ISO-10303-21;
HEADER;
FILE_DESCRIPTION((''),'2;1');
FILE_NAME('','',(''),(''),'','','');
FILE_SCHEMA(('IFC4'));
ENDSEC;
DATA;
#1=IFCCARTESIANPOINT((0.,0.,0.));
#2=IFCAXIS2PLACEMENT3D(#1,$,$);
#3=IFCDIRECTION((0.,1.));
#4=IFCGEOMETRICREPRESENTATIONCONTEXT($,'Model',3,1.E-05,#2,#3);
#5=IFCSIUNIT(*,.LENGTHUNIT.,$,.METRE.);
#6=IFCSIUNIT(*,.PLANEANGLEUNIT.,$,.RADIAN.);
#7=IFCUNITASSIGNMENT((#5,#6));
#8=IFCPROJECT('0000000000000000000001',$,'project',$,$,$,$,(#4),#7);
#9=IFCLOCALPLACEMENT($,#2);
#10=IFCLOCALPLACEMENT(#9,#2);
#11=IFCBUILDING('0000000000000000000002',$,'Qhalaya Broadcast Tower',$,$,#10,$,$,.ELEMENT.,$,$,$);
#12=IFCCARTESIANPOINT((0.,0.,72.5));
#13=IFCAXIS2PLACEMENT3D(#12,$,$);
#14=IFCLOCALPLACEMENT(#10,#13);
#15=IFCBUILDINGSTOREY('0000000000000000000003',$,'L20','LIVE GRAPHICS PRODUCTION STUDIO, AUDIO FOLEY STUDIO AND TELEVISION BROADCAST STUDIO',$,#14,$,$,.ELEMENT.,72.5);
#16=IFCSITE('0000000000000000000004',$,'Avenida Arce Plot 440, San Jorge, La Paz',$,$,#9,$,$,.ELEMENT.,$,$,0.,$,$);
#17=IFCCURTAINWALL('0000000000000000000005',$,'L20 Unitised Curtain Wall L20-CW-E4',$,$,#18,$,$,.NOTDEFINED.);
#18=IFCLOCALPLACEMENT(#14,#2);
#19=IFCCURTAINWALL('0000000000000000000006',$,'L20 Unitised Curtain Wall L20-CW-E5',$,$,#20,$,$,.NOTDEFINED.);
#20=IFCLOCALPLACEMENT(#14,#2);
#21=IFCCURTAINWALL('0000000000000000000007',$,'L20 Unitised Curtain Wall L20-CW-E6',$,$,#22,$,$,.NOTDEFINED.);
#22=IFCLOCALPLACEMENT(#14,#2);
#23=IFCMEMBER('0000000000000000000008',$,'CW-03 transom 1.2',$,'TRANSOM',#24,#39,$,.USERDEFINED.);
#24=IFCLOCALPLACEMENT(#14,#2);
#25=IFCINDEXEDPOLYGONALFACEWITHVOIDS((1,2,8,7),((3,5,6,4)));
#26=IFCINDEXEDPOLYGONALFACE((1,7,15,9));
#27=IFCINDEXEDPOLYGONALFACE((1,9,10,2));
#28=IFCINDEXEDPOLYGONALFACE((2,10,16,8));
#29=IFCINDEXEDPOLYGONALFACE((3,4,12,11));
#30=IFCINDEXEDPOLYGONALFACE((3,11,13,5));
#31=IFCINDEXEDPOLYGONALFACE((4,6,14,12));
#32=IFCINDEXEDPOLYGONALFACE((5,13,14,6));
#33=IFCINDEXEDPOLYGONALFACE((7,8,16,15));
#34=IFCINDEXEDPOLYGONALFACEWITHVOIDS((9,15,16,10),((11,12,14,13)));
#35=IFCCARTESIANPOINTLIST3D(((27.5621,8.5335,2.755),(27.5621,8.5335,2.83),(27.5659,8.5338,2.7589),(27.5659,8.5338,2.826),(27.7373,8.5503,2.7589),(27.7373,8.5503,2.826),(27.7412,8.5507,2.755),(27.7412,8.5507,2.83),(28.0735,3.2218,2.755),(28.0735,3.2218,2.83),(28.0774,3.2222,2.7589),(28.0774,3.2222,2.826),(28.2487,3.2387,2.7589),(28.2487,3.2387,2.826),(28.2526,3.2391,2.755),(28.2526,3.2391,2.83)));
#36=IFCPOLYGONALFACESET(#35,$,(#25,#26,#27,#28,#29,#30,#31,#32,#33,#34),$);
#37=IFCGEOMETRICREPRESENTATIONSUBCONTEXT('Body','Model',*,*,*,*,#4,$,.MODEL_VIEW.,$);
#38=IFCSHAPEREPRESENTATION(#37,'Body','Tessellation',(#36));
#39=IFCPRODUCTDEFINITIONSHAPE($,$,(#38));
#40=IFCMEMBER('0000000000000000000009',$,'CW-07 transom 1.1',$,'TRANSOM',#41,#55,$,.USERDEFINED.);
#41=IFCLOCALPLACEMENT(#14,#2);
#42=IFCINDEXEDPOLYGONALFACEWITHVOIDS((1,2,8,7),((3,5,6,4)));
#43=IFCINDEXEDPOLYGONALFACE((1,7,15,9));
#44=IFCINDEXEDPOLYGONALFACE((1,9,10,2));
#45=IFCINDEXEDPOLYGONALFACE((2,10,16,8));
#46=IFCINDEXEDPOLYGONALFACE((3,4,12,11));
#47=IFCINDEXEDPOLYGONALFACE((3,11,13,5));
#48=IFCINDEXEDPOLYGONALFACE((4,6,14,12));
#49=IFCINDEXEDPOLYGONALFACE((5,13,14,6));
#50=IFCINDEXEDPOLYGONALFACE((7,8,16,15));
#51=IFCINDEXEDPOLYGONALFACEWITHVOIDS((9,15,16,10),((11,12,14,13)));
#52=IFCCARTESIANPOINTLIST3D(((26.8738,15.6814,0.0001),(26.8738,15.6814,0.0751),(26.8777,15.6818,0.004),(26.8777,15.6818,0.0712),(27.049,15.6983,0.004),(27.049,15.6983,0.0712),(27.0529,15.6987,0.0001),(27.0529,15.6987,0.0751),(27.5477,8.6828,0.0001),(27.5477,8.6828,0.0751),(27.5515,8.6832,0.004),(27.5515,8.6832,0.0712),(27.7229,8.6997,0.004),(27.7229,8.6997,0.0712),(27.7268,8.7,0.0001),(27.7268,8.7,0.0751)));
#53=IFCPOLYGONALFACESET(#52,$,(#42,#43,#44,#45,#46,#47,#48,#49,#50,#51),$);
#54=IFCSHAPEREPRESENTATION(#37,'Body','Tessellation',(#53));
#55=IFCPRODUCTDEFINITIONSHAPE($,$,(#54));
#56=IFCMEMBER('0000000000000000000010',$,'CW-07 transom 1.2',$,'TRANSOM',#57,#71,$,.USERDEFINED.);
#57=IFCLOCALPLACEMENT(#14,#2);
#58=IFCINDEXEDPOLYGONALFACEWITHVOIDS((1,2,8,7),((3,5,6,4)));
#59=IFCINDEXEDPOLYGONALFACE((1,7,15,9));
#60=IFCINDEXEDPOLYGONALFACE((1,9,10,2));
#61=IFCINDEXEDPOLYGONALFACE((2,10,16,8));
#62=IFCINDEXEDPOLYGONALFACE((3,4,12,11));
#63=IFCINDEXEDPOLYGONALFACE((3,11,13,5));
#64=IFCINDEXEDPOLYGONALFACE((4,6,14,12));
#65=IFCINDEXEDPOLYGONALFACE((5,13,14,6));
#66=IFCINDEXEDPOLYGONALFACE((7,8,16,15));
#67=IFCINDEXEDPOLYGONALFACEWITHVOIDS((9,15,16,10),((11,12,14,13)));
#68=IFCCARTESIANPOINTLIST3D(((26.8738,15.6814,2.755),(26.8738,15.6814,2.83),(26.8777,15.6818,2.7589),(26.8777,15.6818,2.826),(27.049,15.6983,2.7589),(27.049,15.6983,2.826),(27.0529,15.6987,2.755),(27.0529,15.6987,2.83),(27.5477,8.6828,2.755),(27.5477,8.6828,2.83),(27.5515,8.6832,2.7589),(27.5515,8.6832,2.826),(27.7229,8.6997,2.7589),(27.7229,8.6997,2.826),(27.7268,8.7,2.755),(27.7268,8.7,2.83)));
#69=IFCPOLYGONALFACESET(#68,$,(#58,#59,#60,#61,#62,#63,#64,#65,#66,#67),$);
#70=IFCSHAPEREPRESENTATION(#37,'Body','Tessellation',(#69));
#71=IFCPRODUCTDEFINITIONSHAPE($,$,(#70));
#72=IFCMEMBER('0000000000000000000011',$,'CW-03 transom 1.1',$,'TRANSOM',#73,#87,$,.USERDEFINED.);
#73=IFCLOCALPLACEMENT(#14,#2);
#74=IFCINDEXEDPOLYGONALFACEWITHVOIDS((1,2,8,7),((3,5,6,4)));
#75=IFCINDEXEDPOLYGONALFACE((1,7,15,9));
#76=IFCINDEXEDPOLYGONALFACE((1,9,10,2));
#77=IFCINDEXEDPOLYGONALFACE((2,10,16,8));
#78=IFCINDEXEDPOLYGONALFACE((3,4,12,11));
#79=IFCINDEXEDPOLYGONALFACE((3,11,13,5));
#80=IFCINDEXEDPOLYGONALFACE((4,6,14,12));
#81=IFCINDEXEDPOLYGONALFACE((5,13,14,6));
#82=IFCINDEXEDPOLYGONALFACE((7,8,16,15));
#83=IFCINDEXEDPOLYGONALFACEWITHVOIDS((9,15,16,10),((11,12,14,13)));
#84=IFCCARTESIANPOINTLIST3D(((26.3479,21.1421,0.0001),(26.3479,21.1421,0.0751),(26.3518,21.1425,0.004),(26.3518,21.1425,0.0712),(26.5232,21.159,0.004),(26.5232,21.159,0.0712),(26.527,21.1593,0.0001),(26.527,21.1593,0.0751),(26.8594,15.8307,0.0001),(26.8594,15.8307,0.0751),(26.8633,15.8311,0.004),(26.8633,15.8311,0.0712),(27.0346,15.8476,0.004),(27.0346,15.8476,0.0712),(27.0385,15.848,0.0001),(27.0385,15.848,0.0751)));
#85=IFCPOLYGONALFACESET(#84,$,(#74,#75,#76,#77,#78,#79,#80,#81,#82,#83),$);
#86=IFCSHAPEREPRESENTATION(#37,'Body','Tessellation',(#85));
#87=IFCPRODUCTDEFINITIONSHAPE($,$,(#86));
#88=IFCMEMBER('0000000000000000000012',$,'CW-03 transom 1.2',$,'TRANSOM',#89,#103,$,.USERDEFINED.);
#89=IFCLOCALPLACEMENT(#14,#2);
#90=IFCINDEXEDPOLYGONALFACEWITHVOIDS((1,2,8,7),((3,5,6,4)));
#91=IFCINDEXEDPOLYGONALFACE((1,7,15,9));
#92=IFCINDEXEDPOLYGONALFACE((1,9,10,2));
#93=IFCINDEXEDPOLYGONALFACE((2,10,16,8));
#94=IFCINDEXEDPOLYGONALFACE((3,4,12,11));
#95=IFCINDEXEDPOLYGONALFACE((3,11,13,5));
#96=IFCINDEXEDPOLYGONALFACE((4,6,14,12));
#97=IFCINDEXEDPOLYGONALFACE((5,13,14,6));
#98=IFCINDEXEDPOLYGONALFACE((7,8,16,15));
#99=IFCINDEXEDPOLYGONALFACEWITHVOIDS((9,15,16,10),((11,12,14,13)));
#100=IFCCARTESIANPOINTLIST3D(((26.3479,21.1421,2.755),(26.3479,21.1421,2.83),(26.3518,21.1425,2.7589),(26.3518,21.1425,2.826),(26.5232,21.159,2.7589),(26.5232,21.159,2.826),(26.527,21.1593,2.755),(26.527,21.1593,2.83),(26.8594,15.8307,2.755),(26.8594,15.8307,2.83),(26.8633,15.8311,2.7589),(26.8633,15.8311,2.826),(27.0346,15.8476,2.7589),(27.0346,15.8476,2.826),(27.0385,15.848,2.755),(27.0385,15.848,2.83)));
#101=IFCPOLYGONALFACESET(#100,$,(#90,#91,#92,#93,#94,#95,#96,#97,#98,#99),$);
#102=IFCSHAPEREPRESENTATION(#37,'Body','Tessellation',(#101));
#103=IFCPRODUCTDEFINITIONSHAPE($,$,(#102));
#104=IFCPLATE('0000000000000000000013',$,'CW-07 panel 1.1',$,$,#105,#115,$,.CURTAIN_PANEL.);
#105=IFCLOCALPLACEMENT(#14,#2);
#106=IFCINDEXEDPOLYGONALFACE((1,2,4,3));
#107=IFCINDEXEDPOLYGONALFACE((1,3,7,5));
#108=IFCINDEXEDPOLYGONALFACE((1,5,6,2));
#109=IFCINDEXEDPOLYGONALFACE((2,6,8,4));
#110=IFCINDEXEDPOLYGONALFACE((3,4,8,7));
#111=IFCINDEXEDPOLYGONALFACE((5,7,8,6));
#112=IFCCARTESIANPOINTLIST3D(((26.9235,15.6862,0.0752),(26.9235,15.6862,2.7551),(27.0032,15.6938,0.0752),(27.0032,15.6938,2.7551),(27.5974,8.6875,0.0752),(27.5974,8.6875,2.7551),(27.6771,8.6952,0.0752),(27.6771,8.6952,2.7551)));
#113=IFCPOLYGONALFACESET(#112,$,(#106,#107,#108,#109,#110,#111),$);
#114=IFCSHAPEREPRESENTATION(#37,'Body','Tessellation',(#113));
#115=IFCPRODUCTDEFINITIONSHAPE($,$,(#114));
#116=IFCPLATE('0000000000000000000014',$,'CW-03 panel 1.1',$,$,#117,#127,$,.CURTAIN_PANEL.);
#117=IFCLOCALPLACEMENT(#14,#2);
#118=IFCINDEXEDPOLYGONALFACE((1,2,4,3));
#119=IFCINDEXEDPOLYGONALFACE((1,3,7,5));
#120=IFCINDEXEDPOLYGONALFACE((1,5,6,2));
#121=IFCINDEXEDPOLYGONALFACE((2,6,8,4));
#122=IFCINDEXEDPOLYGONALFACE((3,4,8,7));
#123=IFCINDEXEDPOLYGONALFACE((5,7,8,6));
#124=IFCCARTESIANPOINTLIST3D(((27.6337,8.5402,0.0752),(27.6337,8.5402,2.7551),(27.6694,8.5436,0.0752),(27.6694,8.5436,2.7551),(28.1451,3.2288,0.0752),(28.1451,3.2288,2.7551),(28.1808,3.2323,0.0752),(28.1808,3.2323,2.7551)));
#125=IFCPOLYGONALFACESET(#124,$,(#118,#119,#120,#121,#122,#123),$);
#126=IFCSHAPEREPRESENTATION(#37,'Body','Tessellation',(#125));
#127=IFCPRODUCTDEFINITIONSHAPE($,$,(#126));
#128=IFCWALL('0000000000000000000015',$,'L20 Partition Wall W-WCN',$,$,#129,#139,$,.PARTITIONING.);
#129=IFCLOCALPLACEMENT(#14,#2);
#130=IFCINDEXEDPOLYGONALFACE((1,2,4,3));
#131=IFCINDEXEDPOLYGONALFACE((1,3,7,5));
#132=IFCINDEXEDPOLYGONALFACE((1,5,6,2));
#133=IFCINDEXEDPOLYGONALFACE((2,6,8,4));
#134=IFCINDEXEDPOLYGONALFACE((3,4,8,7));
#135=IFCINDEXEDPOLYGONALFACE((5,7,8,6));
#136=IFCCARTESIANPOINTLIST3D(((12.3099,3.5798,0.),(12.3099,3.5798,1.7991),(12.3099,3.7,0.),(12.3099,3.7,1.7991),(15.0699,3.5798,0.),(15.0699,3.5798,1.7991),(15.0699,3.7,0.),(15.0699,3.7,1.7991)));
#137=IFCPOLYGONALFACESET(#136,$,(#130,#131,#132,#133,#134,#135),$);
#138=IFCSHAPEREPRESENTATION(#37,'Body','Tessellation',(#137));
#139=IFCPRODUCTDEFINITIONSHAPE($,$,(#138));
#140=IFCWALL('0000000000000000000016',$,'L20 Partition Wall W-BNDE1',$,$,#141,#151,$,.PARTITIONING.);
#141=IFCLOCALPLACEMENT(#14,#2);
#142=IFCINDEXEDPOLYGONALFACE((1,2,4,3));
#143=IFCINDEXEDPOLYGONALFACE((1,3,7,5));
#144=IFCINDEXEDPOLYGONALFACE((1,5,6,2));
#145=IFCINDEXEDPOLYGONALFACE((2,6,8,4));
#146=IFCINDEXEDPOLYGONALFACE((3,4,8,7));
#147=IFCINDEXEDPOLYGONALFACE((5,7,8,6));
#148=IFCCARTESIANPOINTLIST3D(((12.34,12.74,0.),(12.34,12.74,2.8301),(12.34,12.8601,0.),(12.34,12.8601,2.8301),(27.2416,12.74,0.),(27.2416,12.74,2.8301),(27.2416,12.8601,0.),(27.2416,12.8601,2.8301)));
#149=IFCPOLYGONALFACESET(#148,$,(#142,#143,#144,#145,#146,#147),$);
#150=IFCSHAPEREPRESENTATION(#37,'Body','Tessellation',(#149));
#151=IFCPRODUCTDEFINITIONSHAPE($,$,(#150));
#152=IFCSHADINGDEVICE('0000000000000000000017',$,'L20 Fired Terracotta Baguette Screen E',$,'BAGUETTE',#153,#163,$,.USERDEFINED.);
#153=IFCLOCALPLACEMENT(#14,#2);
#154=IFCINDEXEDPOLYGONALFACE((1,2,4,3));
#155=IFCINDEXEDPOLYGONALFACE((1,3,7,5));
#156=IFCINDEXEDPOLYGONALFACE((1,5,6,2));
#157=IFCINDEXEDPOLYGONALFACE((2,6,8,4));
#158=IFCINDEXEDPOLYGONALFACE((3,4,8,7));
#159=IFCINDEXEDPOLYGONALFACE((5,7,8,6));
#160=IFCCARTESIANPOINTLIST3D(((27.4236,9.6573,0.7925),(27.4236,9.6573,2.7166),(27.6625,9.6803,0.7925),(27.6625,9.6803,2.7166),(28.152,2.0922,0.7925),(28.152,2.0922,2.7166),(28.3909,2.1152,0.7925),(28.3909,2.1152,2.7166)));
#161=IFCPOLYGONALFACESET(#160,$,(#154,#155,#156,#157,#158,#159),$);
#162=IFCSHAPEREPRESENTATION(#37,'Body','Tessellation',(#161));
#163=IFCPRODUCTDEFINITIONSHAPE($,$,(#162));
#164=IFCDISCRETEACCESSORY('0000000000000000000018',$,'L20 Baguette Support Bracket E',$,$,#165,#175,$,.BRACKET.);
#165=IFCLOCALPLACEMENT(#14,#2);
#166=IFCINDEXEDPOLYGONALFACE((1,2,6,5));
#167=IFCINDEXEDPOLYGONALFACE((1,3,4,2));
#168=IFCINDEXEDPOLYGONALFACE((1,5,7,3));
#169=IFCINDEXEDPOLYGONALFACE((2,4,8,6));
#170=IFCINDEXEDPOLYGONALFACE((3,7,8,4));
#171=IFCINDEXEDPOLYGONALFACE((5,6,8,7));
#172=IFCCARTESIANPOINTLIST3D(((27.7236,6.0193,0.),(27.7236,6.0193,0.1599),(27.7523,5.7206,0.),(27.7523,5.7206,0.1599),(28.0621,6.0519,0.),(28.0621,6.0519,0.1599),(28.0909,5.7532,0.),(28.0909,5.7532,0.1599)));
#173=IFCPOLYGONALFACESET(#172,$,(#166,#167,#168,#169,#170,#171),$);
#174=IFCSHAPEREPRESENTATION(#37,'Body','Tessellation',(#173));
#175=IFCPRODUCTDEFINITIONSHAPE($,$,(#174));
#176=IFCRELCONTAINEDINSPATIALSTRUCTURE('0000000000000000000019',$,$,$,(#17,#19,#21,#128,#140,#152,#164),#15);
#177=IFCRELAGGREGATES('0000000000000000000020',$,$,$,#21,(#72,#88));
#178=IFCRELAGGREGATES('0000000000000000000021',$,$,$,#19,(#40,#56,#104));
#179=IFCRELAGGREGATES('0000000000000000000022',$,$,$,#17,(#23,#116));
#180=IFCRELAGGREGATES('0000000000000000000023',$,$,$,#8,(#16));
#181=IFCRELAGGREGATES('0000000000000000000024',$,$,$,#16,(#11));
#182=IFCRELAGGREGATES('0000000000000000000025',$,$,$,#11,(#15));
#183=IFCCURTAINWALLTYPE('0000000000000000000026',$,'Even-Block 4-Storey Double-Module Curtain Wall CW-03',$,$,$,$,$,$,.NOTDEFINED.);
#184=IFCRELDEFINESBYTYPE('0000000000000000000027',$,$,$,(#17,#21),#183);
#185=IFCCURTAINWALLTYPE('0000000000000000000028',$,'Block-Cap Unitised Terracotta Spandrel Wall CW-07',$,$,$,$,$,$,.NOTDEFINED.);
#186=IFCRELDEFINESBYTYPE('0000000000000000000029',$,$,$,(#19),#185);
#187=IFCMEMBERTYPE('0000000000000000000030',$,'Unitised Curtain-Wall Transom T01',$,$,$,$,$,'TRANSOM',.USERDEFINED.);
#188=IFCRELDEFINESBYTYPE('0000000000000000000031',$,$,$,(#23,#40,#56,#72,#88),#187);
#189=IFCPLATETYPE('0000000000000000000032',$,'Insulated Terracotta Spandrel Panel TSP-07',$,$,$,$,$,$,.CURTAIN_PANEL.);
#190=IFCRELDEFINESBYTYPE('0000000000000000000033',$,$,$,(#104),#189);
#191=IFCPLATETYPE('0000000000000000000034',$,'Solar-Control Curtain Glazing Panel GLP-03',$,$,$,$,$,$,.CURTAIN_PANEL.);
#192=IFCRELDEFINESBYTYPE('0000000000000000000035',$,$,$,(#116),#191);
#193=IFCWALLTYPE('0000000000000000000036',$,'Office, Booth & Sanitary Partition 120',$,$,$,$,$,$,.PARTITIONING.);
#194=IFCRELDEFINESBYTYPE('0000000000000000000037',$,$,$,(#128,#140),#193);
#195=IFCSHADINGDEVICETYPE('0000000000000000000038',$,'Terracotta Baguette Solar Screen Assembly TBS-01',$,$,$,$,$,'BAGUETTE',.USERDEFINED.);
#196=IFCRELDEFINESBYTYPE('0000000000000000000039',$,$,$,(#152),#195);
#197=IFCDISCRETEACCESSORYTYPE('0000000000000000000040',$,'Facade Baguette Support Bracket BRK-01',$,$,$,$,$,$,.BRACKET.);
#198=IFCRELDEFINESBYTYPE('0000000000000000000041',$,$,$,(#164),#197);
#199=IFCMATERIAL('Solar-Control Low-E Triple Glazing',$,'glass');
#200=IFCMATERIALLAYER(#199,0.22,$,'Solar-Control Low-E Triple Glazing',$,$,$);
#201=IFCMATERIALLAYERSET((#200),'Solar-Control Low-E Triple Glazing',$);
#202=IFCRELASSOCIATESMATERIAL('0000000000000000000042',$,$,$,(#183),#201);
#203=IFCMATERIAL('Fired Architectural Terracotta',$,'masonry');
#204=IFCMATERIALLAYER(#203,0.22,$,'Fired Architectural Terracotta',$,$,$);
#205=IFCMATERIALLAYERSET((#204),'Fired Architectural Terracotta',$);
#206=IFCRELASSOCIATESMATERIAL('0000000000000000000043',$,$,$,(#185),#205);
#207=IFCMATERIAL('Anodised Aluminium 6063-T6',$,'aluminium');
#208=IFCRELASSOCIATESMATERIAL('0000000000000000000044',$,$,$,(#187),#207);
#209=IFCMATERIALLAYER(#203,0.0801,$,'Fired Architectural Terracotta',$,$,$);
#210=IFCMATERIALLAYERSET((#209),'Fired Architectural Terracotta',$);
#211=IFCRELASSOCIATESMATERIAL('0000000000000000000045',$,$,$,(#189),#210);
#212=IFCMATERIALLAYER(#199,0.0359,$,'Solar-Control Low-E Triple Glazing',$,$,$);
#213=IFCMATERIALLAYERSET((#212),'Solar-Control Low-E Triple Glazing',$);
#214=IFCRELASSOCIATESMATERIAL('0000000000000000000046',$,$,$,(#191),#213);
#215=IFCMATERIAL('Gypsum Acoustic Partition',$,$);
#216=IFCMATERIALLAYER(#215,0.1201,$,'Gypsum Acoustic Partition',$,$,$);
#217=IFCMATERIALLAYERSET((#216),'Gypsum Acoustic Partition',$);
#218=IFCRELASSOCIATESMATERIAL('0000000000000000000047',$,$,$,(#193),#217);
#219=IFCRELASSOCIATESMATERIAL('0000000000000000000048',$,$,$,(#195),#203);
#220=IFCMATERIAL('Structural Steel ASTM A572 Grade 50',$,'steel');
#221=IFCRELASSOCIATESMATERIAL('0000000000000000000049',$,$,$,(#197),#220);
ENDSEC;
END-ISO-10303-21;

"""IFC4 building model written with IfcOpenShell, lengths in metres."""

from ifc_helpers import new_model, si_unit, direction, frame, frame_2d, origin, origin_2d, place, context, subcontext, project, spatial, rectangle, hollow_rectangle, extrude, material, layer, layer_set, material_profile, profile_set, type_object, element, aggregate, save


model = new_model("IFC4")

# Units and contexts
model_context = context("Model", 3, precision=1e-05, world=origin(), true_north=direction((0.0, 1.0)))
body_context = subcontext(model_context, "Body", "Model", "MODEL_VIEW")
ifc_project = project(units=[si_unit("LENGTHUNIT", "METRE"), si_unit("PLANEANGLEUNIT", "RADIAN")], contexts=[model_context])

# Site, building, storey
site_placement = place(None, origin())
site = spatial("IfcSite", under=ifc_project, at=site_placement, Name="Avenida Arce Plot 440, San Jorge, La Paz", CompositionType="ELEMENT", RefElevation=0.0)
building_placement = place(site_placement, origin())
building = spatial("IfcBuilding", under=site, at=building_placement, Name="Qhalaya Broadcast Tower", CompositionType="ELEMENT")
storey_placement = place(building_placement, frame((0.0, 0.0, 72.5)))
storey = spatial("IfcBuildingStorey", under=building, at=storey_placement, Name="L20", Description="LIVE GRAPHICS PRODUCTION STUDIO, AUDIO FOLEY STUDIO AND TELEVISION BROADCAST STUDIO", CompositionType="ELEMENT", Elevation=72.5)

# Shared definitions
ifc_material_1 = material(Name="Structural Steel ASTM A572 Grade 50", Category="steel")

# Curtain walls
ifc_material_2 = material(Name="Solar-Control Low-E Triple Glazing", Category="glass")
ifc_layer_1 = layer(ifc_material_2, 0.22, Name="Solar-Control Low-E Triple Glazing")
ifc_layer_set_1 = layer_set([ifc_layer_1], Name="Solar-Control Low-E Triple Glazing")
curtain_wall_type_1 = type_object("IfcCurtainWallType", Name="Even-Block 4-Storey Double-Module Curtain Wall CW-03", PredefinedType="NOTDEFINED", material=ifc_layer_set_1)
curtain_wall_1_placement = place(storey_placement, origin())
curtain_wall_1 = element("IfcCurtainWall", 1, at=curtain_wall_1_placement, inside=storey, type_object=curtain_wall_type_1, Name="L20 Unitised Curtain Wall L20-CW-E4", PredefinedType="NOTDEFINED")
ifc_material_3 = material(Name="Anodised Aluminium 6063-T6", Category="aluminium")
ifc_material_4 = material(Name="Fired Architectural Terracotta", Category="masonry")
ifc_layer_2 = layer(ifc_material_4, 0.22, Name="Fired Architectural Terracotta")
ifc_layer_set_2 = layer_set([ifc_layer_2], Name="Fired Architectural Terracotta")
curtain_wall_type_2 = type_object("IfcCurtainWallType", Name="Block-Cap Unitised Terracotta Spandrel Wall CW-07", PredefinedType="NOTDEFINED", material=ifc_layer_set_2)
curtain_wall_2_placement = place(storey_placement, origin())
curtain_wall_2 = element("IfcCurtainWall", 2, at=curtain_wall_2_placement, inside=storey, type_object=curtain_wall_type_2, Name="L20 Unitised Curtain Wall L20-CW-E5", PredefinedType="NOTDEFINED")

# Curtain wall
curtain_wall_3_placement = place(storey_placement, origin())
curtain_wall_3 = element("IfcCurtainWall", 3, at=curtain_wall_3_placement, inside=storey, type_object=curtain_wall_type_1, Name="L20 Unitised Curtain Wall L20-CW-E6", PredefinedType="NOTDEFINED")

# Members
ifc_material_profile_1 = material_profile(ifc_material_3, hollow_rectangle(XDim=0.075, YDim=0.1799, WallThickness=0.0039, at=origin_2d()), Name="ALU-TRN 75x180x4")
ifc_profile_set_1 = profile_set([ifc_material_profile_1], Name="Anodised Aluminium 6063-T6")
member_type_1 = type_object("IfcMemberType", Name="Unitised Curtain-Wall Transom T01", ElementType="TRANSOM", PredefinedType="USERDEFINED", material=ifc_profile_set_1)
member_1_placement = place(storey_placement, frame((28.1631, 3.2305, 2.7925), z_axis=(-0.095852, 0.995396, 0.0), x_axis=(0.0, 0.0, 1.0)))
member_1 = element("IfcMember", 4, at=member_1_placement, type_object=member_type_1, Name="CW-03 transom 1.2", ObjectType="TRANSOM", PredefinedType="USERDEFINED", context=body_context, shape_type="SweptSolid", body=[
    extrude(hollow_rectangle(XDim=0.075, YDim=0.1799, WallThickness=0.0039, at=origin_2d()), origin(), (0.0, 0.0, 1.0), 5.3362),
])
member_2_placement = place(storey_placement, frame((27.6372, 8.6914, 0.0376), z_axis=(-0.095838, 0.995397, 0.0), x_axis=(0.0, 0.0, 1.0)))
member_2 = element("IfcMember", 5, at=member_2_placement, type_object=member_type_1, Name="CW-07 transom 1.1", ObjectType="TRANSOM", PredefinedType="USERDEFINED", context=body_context, shape_type="SweptSolid", body=[
    extrude(hollow_rectangle(XDim=0.075, YDim=0.1799, WallThickness=0.0039, at=origin_2d()), origin(), (0.0, 0.0, 1.0), 7.031),
])
member_3_placement = place(storey_placement, frame((27.6372, 8.6914, 2.7925), z_axis=(-0.095838, 0.995397, 0.0), x_axis=(0.0, 0.0, 1.0)))
member_3 = element("IfcMember", 6, at=member_3_placement, type_object=member_type_1, Name="CW-07 transom 1.2", ObjectType="TRANSOM", PredefinedType="USERDEFINED", context=body_context, shape_type="SweptSolid", body=[
    extrude(hollow_rectangle(XDim=0.075, YDim=0.1799, WallThickness=0.0039, at=origin_2d()), origin(), (0.0, 0.0, 1.0), 7.031),
])
member_4_placement = place(storey_placement, frame((26.949, 15.8394, 0.0376), z_axis=(-0.095856, 0.995395, 0.0), x_axis=(0.0, 0.0, 1.0)))
member_4 = element("IfcMember", 7, at=member_4_placement, type_object=member_type_1, Name="CW-03 transom 1.1", ObjectType="TRANSOM", PredefinedType="USERDEFINED", context=body_context, shape_type="SweptSolid", body=[
    extrude(hollow_rectangle(XDim=0.075, YDim=0.1799, WallThickness=0.0039, at=origin_2d()), origin(), (0.0, 0.0, 1.0), 5.3359),
])
member_5_placement = place(storey_placement, frame((26.949, 15.8394, 2.7925), z_axis=(-0.095856, 0.995395, 0.0), x_axis=(0.0, 0.0, 1.0)))
member_5 = element("IfcMember", 8, at=member_5_placement, type_object=member_type_1, Name="CW-03 transom 1.2", ObjectType="TRANSOM", PredefinedType="USERDEFINED", context=body_context, shape_type="SweptSolid", body=[
    extrude(hollow_rectangle(XDim=0.075, YDim=0.1799, WallThickness=0.0039, at=origin_2d()), origin(), (0.0, 0.0, 1.0), 5.3359),
])
aggregate(curtain_wall_3, [member_4, member_5])

# Plates
ifc_layer_3 = layer(ifc_material_4, 0.0801, Name="Fired Architectural Terracotta")
ifc_layer_set_3 = layer_set([ifc_layer_3], Name="Fired Architectural Terracotta")
plate_type_1 = type_object("IfcPlateType", Name="Insulated Terracotta Spandrel Panel TSP-07", PredefinedType="CURTAIN_PANEL", material=ifc_layer_set_3)
plate_1_placement = place(storey_placement, frame((27.3003, 12.1907, 0.0752), z_axis=(0.0, 0.0, 1.0), x_axis=(-0.095851, 0.995396, 0.0)))
plate_1 = element("IfcPlate", 9, at=plate_1_placement, type_object=plate_type_1, Name="CW-07 panel 1.1", PredefinedType="CURTAIN_PANEL", context=body_context, shape_type="SweptSolid", body=[
    extrude(rectangle(XDim=7.031, YDim=0.0801, at=origin_2d()), origin(), (0.0, 0.0, 1.0), 2.6799),
])
aggregate(curtain_wall_2, [member_2, member_3, plate_1])
ifc_layer_4 = layer(ifc_material_2, 0.0359, Name="Solar-Control Low-E Triple Glazing")
ifc_layer_set_4 = layer_set([ifc_layer_4], Name="Solar-Control Low-E Triple Glazing")
plate_type_2 = type_object("IfcPlateType", Name="Solar-Control Curtain Glazing Panel GLP-03", PredefinedType="CURTAIN_PANEL", material=ifc_layer_set_4)
plate_2_placement = place(storey_placement, frame((27.9072, 5.8862, 0.0752), z_axis=(0.0, 0.0, 1.0), x_axis=(-0.095843, 0.995396, 0.0)))
plate_2 = element("IfcPlate", 10, at=plate_2_placement, type_object=plate_type_2, Name="CW-03 panel 1.1", PredefinedType="CURTAIN_PANEL", context=body_context, shape_type="SweptSolid", body=[
    extrude(rectangle(XDim=5.3359, YDim=0.0359, at=origin_2d()), origin(), (0.0, 0.0, 1.0), 2.6799),
])
aggregate(curtain_wall_1, [member_1, plate_2])

# Walls
ifc_material_5 = material(Name="Gypsum Acoustic Partition")
ifc_layer_5 = layer(ifc_material_5, 0.1201, Name="Gypsum Acoustic Partition")
ifc_layer_set_5 = layer_set([ifc_layer_5], Name="Gypsum Acoustic Partition")
wall_type = type_object("IfcWallType", Name="Office, Booth & Sanitary Partition 120", PredefinedType="PARTITIONING", material=ifc_layer_set_5)
wall_1_placement = place(storey_placement, frame((12.3101, 3.6399, 0.0), z_axis=(0.0, 0.0, 1.0), x_axis=(1.0, 0.0, 0.0)))
element("IfcWall", 11, at=wall_1_placement, inside=storey, type_object=wall_type, Name="L20 Partition Wall W-WCN", PredefinedType="PARTITIONING", context=body_context, shape_type="SweptSolid", body=[
    extrude(rectangle(XDim=2.76, YDim=0.1201, at=frame_2d((1.3799, 0.0))), origin(), (0.0, 0.0, 1.0), 1.7991),
])
wall_2_placement = place(storey_placement, frame((12.3401, 12.8, 0.0), z_axis=(0.0, 0.0, 1.0), x_axis=(1.0, 0.0, 0.0)))
element("IfcWall", 12, at=wall_2_placement, inside=storey, type_object=wall_type, Name="L20 Partition Wall W-BNDE1", PredefinedType="PARTITIONING", context=body_context, shape_type="SweptSolid", body=[
    extrude(rectangle(XDim=14.9016, YDim=0.1201, at=frame_2d((7.4507, 0.0))), origin(), (0.0, 0.0, 1.0), 2.8301),
])

# Shading device
shading_device_type = type_object("IfcShadingDeviceType", Name="Terracotta Baguette Solar Screen Assembly TBS-01", ElementType="BAGUETTE", PredefinedType="USERDEFINED", material=ifc_material_4)
shading_device_placement = place(storey_placement, frame((27.9072, 5.8862, 0.7925), z_axis=(0.0, 0.0, 1.0), x_axis=(-0.095846, 0.995396, 0.0)))
element("IfcShadingDevice", 13, at=shading_device_placement, inside=storey, type_object=shading_device_type, Name="L20 Fired Terracotta Baguette Screen E", ObjectType="BAGUETTE", PredefinedType="USERDEFINED", context=body_context, shape_type="SweptSolid", body=[
    extrude(rectangle(XDim=7.6001, YDim=0.24, at=origin_2d()), origin(), (0.0, 0.0, 1.0), 1.9241),
])

# Discrete accessory
discrete_accessory_type = type_object("IfcDiscreteAccessoryType", Name="Facade Baguette Support Bracket BRK-01", PredefinedType="BRACKET", material=ifc_material_1)
discrete_accessory_placement = place(storey_placement, frame((27.9072, 5.8862, 0.0), z_axis=(0.0, 0.0, 1.0), x_axis=(-0.095846, 0.995396, 0.0)))
element("IfcDiscreteAccessory", 14, at=discrete_accessory_placement, inside=storey, type_object=discrete_accessory_type, Name="L20 Baguette Support Bracket E", PredefinedType="BRACKET", context=body_context, shape_type="SweptSolid", body=[
    extrude(rectangle(XDim=0.3, YDim=0.3401, at=origin_2d()), origin(), (0.0, 0.0, 1.0), 0.1599),
])

save(model, "model.ifc")
